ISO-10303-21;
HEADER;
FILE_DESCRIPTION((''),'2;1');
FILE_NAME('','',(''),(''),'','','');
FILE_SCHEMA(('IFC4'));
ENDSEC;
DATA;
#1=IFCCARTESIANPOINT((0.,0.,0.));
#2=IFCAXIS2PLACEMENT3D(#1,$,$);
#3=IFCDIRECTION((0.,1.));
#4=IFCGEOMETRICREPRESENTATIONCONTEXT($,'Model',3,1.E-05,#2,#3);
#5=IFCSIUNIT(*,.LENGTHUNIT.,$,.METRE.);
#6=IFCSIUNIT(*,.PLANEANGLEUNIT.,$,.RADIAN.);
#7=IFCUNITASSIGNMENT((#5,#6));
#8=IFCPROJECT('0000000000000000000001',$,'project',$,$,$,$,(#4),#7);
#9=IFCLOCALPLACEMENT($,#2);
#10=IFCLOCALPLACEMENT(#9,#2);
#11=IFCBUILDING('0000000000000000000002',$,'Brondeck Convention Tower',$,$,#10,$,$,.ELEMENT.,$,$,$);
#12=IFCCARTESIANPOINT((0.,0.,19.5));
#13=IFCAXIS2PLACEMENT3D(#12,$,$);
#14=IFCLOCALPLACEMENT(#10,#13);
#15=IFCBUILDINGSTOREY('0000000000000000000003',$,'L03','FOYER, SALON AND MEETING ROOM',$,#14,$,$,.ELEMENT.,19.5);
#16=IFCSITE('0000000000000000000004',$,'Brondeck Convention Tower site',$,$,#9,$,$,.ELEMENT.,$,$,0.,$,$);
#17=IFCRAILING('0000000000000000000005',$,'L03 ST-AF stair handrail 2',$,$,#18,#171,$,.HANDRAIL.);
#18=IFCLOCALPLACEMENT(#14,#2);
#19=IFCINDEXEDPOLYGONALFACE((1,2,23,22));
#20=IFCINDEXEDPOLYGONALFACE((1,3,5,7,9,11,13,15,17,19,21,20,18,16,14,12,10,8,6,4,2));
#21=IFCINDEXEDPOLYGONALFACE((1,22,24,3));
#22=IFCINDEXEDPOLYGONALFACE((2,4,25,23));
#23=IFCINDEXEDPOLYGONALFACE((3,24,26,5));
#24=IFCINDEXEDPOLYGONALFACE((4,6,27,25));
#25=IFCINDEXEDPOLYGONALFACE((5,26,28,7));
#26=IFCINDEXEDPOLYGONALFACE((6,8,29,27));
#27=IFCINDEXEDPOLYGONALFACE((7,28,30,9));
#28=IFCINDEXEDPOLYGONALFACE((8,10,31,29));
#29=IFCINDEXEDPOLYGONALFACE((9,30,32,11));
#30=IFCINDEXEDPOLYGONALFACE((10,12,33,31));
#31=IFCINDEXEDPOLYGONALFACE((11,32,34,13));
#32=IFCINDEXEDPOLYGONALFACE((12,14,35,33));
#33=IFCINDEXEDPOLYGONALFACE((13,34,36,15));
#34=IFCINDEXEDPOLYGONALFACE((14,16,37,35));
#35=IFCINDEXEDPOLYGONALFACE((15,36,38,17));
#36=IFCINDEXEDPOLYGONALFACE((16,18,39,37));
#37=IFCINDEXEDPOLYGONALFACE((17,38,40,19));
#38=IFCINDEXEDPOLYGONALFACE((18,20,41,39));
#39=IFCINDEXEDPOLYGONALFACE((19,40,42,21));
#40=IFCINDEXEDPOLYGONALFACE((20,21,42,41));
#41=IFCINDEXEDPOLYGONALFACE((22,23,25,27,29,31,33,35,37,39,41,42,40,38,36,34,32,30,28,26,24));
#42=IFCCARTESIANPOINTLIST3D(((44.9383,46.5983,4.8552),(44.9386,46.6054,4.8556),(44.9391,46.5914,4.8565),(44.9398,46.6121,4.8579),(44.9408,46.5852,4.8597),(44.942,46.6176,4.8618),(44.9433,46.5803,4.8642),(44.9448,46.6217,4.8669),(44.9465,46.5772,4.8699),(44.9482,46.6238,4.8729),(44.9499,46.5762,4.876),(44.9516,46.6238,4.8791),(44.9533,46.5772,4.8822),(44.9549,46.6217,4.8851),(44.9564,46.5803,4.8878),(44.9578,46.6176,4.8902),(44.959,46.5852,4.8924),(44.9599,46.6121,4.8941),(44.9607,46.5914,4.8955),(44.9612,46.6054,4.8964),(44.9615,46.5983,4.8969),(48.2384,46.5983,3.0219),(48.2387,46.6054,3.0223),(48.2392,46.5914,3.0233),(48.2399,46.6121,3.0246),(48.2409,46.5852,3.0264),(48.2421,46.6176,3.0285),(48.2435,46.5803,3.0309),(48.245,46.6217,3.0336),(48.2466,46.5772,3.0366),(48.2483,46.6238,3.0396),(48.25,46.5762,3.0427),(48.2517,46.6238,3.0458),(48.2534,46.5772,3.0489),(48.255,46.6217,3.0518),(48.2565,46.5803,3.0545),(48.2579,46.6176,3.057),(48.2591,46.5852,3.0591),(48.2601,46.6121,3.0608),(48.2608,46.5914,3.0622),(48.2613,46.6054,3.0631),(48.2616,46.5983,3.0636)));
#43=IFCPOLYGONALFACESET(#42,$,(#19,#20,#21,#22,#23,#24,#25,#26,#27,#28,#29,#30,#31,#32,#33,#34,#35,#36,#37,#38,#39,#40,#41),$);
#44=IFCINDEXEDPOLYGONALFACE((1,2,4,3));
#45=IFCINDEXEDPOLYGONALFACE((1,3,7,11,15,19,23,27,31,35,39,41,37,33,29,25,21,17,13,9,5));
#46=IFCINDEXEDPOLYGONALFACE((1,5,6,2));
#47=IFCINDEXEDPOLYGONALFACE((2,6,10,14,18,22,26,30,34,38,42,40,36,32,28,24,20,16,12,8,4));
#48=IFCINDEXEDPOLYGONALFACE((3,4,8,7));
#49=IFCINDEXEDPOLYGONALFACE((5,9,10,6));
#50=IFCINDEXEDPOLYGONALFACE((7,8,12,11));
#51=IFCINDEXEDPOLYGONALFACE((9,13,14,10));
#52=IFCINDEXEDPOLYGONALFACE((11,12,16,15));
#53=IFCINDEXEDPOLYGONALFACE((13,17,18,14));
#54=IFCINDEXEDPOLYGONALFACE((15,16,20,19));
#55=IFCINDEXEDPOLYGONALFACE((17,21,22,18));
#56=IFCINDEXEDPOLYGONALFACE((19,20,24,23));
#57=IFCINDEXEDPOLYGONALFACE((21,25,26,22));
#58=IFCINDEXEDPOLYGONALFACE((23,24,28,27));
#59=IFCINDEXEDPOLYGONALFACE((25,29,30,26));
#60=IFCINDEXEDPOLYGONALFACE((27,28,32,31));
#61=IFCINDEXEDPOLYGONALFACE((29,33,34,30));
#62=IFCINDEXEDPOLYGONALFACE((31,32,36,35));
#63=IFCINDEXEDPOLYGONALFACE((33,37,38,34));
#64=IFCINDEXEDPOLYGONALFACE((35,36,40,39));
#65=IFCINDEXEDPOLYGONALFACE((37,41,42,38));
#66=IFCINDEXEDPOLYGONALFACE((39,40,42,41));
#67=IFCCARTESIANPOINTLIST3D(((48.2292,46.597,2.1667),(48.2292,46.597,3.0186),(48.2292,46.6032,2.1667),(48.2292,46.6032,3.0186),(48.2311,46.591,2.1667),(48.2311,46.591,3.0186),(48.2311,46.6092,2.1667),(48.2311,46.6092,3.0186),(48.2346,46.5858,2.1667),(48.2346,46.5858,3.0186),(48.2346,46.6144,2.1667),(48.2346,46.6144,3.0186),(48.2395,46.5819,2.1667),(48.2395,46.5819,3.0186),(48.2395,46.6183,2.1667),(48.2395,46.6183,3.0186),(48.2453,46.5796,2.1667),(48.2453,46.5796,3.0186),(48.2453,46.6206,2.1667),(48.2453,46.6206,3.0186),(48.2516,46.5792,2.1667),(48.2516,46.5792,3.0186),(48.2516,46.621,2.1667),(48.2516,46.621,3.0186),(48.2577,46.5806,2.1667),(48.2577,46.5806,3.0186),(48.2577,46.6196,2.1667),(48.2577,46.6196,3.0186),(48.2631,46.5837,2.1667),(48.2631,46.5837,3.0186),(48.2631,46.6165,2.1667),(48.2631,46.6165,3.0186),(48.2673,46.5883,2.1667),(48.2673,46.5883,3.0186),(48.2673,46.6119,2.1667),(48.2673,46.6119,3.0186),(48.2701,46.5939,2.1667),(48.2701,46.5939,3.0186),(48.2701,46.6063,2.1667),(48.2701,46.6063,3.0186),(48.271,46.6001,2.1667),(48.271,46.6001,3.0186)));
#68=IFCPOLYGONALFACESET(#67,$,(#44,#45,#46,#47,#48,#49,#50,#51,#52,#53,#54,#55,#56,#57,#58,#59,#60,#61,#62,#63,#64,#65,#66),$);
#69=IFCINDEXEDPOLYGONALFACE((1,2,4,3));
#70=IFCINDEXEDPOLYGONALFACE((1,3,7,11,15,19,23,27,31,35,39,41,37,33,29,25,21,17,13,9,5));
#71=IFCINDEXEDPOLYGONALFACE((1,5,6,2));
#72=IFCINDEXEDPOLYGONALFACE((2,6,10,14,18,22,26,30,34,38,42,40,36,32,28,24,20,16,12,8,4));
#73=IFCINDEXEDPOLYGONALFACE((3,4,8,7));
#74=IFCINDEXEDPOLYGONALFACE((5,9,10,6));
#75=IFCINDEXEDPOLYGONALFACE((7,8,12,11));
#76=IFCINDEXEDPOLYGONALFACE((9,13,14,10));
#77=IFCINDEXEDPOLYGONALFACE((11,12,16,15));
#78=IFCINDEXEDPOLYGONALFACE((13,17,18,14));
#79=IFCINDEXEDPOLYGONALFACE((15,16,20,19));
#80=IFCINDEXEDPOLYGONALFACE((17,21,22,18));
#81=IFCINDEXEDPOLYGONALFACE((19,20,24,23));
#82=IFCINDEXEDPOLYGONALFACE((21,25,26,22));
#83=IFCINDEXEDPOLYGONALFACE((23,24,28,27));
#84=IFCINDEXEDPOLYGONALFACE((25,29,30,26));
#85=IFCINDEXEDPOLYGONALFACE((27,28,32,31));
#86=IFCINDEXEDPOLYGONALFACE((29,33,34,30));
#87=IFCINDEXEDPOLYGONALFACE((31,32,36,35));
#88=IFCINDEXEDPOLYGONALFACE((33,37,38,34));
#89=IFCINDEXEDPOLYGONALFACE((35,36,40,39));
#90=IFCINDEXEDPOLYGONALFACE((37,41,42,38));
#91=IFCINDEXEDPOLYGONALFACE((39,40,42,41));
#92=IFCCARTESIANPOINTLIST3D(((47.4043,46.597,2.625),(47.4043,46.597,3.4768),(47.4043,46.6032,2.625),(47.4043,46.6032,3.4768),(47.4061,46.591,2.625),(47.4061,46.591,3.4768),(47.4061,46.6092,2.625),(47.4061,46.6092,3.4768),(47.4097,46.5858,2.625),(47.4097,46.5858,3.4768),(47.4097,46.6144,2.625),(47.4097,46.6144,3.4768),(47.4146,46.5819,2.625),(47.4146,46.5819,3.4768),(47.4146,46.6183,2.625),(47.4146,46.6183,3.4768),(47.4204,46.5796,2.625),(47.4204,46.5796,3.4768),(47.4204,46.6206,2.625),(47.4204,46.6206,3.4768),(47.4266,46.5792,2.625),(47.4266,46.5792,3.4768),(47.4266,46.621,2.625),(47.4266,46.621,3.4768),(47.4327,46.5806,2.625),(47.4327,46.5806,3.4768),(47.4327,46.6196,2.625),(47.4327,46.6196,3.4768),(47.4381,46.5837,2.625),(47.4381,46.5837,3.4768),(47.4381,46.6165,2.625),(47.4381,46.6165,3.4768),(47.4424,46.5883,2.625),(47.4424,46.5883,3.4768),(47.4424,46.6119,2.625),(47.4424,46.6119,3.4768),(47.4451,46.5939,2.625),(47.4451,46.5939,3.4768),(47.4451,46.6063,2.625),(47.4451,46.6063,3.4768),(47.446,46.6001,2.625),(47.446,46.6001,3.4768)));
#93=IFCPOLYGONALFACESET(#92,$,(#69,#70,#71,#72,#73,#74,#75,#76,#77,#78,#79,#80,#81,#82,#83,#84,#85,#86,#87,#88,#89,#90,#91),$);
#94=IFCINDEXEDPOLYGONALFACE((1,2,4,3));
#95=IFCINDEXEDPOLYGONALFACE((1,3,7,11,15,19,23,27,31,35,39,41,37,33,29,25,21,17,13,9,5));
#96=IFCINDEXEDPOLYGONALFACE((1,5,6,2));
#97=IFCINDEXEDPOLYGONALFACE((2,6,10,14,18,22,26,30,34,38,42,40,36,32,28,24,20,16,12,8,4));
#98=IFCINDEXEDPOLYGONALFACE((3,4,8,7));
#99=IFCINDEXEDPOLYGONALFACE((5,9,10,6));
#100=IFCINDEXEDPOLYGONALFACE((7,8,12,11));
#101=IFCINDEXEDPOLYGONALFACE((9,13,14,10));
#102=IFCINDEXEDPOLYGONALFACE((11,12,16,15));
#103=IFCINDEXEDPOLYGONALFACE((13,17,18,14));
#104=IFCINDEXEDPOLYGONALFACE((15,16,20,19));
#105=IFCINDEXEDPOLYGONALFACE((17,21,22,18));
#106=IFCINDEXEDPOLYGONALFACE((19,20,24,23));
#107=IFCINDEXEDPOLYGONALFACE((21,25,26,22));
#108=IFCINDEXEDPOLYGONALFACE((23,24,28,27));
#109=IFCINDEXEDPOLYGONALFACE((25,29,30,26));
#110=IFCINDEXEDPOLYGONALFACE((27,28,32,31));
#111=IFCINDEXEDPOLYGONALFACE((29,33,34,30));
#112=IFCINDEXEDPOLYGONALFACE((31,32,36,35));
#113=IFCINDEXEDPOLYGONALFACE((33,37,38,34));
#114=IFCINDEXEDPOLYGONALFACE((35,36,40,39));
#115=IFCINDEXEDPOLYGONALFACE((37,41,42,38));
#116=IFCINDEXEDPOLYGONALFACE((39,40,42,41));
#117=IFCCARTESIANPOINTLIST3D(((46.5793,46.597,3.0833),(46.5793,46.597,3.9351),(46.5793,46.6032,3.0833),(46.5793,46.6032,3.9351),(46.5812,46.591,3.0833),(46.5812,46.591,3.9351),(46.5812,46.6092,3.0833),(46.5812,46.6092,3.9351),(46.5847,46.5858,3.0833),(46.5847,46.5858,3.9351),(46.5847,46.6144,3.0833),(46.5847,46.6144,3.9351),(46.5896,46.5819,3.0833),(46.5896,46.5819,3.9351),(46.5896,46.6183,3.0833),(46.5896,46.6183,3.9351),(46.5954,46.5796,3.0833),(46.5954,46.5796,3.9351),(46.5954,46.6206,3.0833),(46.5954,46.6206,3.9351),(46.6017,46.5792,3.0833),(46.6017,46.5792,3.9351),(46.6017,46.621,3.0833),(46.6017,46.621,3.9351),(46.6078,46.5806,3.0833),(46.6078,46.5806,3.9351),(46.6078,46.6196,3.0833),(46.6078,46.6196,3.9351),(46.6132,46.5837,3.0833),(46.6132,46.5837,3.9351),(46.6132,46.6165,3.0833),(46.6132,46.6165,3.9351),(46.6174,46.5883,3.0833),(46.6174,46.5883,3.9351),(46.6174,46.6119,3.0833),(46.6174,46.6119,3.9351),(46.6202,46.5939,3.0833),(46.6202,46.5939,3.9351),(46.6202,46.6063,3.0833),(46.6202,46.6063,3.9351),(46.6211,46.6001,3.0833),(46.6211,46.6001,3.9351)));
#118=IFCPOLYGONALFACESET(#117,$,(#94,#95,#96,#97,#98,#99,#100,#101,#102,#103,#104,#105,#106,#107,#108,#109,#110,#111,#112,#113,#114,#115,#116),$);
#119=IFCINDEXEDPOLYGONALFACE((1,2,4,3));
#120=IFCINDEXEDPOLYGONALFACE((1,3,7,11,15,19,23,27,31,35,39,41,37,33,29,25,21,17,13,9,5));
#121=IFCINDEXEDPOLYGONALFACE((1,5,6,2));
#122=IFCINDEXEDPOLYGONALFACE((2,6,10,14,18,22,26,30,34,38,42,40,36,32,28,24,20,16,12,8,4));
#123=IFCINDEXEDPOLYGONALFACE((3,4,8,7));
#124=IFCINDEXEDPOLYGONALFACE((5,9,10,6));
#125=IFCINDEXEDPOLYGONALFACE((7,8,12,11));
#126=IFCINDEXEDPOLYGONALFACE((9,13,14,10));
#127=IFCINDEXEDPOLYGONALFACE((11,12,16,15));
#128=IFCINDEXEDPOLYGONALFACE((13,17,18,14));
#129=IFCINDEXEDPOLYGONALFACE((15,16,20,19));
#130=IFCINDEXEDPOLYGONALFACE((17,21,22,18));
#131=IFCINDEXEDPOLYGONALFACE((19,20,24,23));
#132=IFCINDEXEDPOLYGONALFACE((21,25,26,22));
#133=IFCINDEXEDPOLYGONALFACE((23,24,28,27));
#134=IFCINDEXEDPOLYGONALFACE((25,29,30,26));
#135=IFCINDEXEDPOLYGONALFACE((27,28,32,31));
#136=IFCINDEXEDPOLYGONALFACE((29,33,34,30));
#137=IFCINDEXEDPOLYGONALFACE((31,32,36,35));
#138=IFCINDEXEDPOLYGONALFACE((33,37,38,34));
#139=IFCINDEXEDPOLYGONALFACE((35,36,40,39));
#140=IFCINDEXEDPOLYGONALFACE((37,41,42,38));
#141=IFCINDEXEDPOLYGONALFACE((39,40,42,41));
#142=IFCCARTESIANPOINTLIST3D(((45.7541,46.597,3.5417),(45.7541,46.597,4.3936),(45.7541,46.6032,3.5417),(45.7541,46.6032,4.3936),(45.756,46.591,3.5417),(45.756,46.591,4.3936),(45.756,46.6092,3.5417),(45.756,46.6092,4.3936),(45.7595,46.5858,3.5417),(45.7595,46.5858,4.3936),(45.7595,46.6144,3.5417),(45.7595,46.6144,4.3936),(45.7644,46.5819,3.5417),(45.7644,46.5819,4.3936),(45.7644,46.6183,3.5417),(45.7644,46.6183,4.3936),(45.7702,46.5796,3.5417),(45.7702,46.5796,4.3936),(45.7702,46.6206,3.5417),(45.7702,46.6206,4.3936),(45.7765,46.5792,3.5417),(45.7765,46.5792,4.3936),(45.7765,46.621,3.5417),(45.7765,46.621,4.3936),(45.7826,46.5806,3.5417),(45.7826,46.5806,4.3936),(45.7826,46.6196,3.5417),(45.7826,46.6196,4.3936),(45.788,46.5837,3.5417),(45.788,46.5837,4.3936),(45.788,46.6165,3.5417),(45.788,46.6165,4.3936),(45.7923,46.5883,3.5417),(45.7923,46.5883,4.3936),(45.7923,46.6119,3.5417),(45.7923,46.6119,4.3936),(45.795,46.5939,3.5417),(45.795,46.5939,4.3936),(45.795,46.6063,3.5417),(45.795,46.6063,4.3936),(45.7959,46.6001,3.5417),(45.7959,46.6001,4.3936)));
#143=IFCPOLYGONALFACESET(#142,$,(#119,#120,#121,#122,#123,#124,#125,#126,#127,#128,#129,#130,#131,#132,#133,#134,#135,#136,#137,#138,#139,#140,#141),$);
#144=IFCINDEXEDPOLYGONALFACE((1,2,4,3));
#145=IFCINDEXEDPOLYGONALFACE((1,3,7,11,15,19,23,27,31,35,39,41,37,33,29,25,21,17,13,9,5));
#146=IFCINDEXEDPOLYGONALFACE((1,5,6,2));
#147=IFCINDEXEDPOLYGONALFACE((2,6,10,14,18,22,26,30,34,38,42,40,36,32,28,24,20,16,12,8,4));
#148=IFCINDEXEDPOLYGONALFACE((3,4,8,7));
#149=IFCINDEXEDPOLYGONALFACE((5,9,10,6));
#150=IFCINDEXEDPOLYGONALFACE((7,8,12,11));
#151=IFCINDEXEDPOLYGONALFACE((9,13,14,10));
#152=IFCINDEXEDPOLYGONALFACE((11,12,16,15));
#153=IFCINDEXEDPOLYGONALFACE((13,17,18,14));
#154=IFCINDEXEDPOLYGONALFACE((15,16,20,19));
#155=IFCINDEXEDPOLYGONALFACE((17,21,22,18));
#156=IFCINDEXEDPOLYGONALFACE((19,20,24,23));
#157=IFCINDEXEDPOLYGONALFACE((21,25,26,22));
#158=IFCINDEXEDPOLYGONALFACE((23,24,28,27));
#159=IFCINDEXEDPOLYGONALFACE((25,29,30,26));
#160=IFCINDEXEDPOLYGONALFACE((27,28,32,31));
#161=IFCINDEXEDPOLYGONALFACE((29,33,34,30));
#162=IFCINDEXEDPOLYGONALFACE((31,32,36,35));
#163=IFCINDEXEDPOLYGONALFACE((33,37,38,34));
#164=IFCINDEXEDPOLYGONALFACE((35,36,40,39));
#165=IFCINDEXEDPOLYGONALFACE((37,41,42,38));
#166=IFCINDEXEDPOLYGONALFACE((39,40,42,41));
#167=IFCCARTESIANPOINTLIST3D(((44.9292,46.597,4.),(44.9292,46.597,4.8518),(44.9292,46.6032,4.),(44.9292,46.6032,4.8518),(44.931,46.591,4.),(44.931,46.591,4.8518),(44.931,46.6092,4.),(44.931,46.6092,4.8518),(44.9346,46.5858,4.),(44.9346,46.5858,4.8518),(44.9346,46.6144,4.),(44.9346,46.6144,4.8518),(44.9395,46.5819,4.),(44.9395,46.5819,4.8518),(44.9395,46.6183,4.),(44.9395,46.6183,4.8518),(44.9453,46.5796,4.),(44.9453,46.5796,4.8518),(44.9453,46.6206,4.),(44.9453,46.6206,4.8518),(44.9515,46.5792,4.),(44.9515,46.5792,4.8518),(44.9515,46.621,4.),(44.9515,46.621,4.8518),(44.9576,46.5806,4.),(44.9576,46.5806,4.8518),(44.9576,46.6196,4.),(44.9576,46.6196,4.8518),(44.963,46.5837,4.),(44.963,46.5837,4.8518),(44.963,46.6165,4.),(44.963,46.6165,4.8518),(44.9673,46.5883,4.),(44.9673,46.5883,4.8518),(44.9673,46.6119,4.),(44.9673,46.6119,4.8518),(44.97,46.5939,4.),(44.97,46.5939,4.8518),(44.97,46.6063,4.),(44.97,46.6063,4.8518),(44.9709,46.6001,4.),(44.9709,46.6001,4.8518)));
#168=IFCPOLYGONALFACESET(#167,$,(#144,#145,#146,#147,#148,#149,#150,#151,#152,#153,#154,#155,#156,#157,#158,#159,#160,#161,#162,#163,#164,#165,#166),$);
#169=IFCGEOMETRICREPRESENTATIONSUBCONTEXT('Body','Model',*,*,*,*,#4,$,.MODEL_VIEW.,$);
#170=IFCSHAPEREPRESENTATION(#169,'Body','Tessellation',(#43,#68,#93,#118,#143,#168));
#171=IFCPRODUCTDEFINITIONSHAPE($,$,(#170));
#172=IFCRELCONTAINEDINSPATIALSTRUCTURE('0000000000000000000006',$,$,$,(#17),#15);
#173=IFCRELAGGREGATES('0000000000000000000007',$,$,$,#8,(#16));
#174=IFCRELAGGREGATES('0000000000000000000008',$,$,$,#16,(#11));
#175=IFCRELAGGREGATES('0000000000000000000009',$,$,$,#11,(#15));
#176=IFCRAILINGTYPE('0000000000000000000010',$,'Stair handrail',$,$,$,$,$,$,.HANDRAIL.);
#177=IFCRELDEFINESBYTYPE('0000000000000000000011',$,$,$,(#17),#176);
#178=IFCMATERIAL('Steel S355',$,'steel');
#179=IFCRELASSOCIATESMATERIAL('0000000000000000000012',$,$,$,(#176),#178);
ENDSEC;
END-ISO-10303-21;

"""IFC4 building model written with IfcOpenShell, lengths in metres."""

from ifc_helpers import new_model, si_unit, direction, frame, origin, origin_2d, place, context, subcontext, project, spatial, circle, extrude, material, type_object, element, save


model = new_model("IFC4")

# Units and contexts
model_context = context("Model", 3, precision=1e-05, world=origin(), true_north=direction((0.0, 1.0)))
body_context = subcontext(model_context, "Body", "Model", "MODEL_VIEW")
ifc_project = project(units=[si_unit("LENGTHUNIT", "METRE"), si_unit("PLANEANGLEUNIT", "RADIAN")], contexts=[model_context])

# Site, building, storey
site_placement = place(None, origin())
site = spatial("IfcSite", under=ifc_project, at=site_placement, Name="Brondeck Convention Tower site", CompositionType="ELEMENT", RefElevation=0.0)
building_placement = place(site_placement, origin())
building = spatial("IfcBuilding", under=site, at=building_placement, Name="Brondeck Convention Tower", CompositionType="ELEMENT")
storey_placement = place(building_placement, frame((0.0, 0.0, 19.5)))
storey = spatial("IfcBuildingStorey", under=building, at=storey_placement, Name="L03", Description="FOYER, SALON AND MEETING ROOM", CompositionType="ELEMENT", Elevation=19.5)

# Shared definitions
ifc_material_1 = material(Name="Steel S355", Category="steel")

# Railing
railing_type_1 = type_object("IfcRailingType", Name="Stair handrail", PredefinedType="HANDRAIL", material=ifc_material_1)
for number, where, name in (
    (1, (48.25, 46.6001, 2.1667), "L03 ST-AF stair handrail 2"),
):
    element("IfcRailing", number, at=place(storey_placement, frame(where)), inside=storey, type_object=railing_type_1, Name=name, PredefinedType="HANDRAIL", context=body_context, shape_type="SweptSolid", body=[
        extrude(circle(Radius=0.0239, at=origin_2d()), frame((0.0, 0.0, 0.876), z_axis=(-0.874169, 0.0, 0.485621), x_axis=(0.0, -1.0, 0.0)), (0.0, 0.0, 1.0), 3.7751),
        extrude(circle(Radius=0.021, at=origin_2d()), origin(), (0.0, 0.0, 1.0), 0.8518),
        extrude(circle(Radius=0.021, at=origin_2d()), frame((-0.825, 0.0, 0.4583)), (0.0, 0.0, 1.0), 0.8518),
        extrude(circle(Radius=0.021, at=origin_2d()), frame((-1.6499, 0.0, 0.9165)), (0.0, 0.0, 1.0), 0.8518),
        extrude(circle(Radius=0.021, at=origin_2d()), frame((-2.4751, 0.0, 1.375)), (0.0, 0.0, 1.0), 0.8518),
        extrude(circle(Radius=0.021, at=origin_2d()), frame((-3.3, 0.0, 1.8333)), (0.0, 0.0, 1.0), 0.8518),
    ])

save(model, "model.ifc")
